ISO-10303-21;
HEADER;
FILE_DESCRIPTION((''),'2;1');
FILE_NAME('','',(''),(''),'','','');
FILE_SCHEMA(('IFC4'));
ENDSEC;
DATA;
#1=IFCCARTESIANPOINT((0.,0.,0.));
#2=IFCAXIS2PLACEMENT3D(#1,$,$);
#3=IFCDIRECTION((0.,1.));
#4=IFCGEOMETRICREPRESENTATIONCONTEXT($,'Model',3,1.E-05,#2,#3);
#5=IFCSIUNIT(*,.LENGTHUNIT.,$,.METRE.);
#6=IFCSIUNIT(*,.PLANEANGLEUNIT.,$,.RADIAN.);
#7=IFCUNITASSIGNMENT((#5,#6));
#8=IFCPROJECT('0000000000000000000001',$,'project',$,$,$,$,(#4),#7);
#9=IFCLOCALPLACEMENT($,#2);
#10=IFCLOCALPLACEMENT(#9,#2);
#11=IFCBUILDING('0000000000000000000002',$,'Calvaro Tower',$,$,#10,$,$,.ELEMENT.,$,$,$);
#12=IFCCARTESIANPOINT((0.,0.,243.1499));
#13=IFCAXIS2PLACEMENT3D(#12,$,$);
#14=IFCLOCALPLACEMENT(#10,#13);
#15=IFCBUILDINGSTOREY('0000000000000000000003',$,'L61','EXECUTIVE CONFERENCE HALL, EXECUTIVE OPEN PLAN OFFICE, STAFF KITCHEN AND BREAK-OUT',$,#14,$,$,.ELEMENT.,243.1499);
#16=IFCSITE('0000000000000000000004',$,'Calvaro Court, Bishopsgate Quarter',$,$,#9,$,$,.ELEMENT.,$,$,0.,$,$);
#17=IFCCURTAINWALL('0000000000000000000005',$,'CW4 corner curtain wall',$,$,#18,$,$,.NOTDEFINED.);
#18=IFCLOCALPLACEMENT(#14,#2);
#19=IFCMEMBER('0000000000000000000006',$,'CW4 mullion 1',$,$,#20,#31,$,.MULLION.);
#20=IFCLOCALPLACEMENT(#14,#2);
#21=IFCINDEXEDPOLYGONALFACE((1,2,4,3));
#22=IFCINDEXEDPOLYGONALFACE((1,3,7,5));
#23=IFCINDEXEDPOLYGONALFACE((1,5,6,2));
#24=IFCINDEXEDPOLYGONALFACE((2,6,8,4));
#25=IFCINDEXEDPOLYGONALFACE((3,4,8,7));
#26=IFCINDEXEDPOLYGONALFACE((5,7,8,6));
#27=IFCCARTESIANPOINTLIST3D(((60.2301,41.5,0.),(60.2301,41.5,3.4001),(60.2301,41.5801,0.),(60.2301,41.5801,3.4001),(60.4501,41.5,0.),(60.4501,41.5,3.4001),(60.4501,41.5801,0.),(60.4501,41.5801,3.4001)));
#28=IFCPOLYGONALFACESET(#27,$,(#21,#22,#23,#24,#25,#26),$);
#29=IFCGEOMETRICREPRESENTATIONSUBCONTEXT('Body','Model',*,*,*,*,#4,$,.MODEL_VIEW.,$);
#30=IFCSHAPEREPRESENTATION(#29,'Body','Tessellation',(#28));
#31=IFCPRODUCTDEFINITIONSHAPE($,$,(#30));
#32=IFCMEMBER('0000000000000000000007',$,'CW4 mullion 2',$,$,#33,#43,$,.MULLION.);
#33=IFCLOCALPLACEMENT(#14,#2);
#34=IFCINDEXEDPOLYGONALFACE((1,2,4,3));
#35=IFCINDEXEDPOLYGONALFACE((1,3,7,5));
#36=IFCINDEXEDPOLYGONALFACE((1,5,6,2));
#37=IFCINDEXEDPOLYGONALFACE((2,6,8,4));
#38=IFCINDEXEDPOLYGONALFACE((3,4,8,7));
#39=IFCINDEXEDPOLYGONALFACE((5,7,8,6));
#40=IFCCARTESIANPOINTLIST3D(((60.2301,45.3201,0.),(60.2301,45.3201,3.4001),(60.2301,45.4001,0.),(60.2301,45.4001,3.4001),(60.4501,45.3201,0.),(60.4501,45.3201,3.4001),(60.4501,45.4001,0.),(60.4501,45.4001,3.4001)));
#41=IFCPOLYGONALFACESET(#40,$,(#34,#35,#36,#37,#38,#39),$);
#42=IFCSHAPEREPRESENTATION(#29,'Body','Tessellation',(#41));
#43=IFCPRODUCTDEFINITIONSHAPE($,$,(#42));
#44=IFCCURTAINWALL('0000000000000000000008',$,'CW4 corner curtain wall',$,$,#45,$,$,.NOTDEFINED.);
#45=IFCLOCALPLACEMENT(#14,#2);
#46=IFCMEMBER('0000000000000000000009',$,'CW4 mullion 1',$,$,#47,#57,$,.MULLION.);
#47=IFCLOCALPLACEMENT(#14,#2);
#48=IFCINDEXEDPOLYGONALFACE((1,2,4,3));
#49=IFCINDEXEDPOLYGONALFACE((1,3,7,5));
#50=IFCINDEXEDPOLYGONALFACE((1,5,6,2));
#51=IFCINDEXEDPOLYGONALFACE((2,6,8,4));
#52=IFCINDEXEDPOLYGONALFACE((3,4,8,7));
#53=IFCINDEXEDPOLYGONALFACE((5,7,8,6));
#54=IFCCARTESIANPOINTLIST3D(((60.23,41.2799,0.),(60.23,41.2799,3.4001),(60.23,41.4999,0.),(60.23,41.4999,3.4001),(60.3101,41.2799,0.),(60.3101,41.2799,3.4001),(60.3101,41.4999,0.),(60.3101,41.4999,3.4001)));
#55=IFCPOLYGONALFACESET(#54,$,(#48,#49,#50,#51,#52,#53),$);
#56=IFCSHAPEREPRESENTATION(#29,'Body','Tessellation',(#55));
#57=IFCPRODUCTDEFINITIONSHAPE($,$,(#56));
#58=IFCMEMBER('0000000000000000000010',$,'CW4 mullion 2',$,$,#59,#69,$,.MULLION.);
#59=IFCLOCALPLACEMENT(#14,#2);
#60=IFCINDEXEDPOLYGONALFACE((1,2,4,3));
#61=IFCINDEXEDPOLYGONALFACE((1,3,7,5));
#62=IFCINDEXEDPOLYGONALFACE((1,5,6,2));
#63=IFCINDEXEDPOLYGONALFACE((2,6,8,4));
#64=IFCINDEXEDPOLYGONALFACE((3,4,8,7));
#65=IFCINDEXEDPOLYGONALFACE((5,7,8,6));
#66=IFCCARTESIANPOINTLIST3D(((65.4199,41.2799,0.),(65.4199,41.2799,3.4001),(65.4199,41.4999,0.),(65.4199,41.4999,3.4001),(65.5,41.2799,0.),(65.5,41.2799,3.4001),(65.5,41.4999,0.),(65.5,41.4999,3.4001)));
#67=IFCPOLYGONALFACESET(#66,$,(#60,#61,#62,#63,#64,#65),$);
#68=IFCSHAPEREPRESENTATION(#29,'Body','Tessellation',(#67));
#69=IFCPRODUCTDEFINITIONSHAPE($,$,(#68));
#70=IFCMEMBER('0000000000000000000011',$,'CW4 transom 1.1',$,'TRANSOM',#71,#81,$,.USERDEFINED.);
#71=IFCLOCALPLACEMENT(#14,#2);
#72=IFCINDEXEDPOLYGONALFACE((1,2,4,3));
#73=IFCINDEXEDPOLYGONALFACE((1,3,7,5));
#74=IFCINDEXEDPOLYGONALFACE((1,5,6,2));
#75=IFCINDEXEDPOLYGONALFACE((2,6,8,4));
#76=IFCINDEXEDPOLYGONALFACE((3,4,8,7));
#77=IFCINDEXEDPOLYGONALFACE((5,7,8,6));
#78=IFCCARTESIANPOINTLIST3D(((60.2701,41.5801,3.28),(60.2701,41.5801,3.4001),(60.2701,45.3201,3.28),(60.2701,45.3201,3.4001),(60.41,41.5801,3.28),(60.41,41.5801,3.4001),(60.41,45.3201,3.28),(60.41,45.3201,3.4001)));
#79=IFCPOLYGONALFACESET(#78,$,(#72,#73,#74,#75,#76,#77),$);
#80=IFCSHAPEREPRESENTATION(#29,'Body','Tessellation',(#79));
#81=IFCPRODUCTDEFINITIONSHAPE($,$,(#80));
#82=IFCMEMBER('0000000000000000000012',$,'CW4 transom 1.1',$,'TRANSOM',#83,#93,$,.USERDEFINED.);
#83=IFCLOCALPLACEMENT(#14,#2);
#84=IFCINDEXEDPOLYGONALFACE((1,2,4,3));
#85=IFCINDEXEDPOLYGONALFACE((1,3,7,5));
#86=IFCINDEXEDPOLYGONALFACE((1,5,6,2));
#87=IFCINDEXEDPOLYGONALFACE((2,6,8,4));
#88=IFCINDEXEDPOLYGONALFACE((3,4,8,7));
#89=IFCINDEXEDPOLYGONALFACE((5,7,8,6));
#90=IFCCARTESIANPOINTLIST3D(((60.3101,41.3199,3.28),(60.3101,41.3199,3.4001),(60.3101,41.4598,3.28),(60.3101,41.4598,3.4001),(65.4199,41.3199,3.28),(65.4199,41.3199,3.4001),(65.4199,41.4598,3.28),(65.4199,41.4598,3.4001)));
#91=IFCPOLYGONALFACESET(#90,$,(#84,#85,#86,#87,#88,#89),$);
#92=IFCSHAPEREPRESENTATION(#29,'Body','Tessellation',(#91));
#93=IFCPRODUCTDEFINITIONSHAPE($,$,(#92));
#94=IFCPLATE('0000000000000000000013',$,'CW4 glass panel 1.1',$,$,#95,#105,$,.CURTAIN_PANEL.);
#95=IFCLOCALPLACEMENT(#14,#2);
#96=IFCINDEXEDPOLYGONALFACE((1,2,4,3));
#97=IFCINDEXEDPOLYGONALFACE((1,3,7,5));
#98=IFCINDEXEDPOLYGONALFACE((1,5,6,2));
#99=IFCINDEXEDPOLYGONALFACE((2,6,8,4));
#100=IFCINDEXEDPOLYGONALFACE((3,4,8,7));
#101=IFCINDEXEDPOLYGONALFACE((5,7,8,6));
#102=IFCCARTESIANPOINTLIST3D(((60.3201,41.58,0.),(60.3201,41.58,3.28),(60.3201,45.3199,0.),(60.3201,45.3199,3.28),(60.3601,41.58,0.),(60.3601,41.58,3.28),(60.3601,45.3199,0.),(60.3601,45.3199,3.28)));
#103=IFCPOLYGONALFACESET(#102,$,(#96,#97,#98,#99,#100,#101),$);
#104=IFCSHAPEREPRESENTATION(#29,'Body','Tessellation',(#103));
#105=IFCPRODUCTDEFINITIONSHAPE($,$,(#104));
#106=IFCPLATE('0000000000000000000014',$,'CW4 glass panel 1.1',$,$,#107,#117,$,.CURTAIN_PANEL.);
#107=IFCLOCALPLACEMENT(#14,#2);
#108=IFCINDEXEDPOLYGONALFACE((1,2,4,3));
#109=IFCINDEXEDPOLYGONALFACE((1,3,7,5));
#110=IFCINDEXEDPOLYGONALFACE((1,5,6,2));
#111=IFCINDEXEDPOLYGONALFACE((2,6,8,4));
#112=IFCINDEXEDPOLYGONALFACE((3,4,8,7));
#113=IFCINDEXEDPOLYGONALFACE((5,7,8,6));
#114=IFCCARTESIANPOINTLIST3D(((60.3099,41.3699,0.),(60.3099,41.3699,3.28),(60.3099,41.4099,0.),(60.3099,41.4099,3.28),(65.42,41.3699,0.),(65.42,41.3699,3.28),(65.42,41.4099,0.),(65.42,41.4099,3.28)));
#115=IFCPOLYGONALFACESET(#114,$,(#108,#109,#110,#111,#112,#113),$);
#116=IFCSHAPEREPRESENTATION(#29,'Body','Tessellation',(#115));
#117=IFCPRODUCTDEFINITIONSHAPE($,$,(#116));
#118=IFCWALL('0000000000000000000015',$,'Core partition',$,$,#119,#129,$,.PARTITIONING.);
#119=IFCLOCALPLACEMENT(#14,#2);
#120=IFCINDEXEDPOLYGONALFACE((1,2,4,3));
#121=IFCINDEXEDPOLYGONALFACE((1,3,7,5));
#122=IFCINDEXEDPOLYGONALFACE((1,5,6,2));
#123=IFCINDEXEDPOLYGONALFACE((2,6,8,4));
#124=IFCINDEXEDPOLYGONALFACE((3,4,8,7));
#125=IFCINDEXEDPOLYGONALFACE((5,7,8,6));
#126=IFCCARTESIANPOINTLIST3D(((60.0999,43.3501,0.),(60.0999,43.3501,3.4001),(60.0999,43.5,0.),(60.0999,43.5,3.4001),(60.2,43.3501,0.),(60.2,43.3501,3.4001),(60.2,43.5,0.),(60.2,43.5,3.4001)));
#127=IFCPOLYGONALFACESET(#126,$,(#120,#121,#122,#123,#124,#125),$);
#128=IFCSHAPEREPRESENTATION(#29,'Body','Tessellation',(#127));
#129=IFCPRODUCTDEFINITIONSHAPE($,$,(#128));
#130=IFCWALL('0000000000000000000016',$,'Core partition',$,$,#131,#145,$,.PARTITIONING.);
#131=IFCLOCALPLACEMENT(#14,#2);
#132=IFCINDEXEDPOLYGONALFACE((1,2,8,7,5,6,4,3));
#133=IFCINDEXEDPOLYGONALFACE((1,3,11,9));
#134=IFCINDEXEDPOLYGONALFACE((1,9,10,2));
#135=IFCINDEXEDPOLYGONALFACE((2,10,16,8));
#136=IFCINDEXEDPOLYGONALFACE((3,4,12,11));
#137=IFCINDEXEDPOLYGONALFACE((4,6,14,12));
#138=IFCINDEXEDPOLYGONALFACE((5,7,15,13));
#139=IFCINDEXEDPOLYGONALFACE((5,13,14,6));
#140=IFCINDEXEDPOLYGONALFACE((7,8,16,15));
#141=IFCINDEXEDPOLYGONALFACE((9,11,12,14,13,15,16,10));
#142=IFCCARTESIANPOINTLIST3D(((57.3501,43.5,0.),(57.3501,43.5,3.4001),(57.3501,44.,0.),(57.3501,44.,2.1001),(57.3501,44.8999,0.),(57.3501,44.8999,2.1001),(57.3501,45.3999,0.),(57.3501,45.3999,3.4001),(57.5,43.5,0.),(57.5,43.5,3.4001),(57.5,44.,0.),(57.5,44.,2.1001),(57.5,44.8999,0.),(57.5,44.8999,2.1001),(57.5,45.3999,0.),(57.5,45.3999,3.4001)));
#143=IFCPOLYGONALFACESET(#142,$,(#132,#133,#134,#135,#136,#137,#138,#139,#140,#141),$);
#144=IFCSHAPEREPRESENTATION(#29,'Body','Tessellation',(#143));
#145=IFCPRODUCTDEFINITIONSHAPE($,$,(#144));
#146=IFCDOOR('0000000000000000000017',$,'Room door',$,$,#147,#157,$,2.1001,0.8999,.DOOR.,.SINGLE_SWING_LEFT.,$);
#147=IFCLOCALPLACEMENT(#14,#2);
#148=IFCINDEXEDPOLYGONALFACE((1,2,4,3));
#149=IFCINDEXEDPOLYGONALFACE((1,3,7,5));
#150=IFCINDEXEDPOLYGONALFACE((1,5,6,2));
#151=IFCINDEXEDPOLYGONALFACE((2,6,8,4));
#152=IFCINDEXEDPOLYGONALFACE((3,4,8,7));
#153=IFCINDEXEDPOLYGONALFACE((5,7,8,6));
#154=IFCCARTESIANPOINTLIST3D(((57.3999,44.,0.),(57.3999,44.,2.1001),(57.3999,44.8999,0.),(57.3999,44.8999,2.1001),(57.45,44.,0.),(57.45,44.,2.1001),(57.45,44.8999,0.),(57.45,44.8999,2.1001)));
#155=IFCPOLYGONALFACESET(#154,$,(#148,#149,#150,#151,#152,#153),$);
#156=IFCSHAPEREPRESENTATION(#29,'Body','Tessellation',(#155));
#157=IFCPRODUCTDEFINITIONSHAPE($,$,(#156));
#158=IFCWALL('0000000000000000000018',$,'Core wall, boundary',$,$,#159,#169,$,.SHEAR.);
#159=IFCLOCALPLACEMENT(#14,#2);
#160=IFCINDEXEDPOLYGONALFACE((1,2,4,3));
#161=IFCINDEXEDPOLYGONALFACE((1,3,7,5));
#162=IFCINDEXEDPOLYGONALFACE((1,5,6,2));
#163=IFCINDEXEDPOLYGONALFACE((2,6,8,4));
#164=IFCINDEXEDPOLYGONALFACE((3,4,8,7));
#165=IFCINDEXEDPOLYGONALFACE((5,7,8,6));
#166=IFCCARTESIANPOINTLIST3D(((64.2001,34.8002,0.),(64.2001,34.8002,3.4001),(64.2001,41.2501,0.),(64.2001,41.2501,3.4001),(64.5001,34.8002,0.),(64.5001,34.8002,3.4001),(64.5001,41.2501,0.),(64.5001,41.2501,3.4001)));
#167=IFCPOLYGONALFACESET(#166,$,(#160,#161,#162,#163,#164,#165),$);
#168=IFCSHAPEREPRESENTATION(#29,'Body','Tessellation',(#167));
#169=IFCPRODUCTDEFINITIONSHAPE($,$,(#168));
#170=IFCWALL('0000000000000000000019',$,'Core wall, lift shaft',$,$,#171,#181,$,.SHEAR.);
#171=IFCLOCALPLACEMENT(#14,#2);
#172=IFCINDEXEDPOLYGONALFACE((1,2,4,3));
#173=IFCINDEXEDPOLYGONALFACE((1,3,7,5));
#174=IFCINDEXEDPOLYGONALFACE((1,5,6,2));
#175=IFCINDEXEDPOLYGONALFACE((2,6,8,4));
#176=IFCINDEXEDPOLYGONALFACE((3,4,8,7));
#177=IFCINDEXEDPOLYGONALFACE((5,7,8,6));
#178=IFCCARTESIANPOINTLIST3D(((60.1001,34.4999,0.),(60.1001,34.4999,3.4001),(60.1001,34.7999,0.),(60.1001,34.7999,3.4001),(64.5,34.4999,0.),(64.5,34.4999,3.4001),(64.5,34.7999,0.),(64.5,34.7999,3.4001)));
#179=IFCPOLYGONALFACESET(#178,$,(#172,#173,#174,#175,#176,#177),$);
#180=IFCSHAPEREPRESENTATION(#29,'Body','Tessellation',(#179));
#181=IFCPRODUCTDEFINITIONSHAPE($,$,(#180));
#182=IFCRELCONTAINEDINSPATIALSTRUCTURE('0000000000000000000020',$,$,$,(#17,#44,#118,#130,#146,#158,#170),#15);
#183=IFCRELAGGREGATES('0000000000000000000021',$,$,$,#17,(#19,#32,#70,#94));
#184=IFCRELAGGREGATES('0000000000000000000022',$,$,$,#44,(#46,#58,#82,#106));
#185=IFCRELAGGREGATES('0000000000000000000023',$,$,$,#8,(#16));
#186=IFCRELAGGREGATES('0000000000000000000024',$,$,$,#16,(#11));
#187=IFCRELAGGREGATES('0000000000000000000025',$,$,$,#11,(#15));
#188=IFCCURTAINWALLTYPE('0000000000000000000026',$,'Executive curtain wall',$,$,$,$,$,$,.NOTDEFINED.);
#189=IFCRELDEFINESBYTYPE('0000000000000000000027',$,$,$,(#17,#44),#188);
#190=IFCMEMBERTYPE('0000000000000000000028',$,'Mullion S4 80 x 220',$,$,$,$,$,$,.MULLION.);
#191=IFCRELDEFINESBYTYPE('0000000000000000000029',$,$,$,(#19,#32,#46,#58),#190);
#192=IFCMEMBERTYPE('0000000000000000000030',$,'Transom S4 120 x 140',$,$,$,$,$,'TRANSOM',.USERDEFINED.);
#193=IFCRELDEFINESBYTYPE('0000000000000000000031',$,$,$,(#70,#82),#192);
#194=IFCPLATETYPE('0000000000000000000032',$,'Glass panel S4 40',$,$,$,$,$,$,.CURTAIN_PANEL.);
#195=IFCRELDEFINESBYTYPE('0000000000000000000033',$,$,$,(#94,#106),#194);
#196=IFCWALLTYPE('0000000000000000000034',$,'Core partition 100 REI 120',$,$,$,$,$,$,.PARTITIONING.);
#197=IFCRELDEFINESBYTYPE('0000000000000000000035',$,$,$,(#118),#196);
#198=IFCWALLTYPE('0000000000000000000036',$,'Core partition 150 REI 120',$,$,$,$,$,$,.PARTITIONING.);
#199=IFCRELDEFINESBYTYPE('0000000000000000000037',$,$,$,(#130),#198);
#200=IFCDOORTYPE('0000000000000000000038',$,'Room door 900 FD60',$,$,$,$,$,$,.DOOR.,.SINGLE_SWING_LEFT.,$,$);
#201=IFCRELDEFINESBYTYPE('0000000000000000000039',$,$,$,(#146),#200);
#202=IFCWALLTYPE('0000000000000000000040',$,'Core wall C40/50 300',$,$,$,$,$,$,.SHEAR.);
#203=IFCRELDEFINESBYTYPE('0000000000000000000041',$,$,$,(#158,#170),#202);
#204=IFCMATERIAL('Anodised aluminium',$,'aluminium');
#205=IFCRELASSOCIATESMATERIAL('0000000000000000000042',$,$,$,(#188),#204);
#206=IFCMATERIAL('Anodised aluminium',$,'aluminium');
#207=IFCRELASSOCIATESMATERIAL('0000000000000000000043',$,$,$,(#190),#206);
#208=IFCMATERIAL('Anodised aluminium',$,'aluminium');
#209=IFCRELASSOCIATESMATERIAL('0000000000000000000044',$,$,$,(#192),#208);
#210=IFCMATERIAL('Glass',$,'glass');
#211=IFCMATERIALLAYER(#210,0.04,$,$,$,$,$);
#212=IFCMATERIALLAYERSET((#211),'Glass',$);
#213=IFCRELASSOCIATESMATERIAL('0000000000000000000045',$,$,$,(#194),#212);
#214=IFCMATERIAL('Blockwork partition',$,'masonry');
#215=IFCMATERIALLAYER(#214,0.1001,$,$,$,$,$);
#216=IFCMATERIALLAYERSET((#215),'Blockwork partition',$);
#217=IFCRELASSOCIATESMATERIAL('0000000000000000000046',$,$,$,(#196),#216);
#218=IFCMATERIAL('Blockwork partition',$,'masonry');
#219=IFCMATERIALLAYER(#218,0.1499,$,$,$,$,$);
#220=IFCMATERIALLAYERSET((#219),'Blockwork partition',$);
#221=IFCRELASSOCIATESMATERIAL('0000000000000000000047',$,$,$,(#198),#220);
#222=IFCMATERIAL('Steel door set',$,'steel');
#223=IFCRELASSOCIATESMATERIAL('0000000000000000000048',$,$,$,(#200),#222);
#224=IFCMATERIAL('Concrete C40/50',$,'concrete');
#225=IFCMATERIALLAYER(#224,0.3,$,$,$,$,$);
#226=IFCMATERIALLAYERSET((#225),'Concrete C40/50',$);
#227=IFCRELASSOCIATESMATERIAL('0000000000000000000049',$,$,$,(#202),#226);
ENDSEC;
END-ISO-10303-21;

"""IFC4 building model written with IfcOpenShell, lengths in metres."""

from ifc_helpers import new_model, si_unit, direction, frame, frame_2d, origin, origin_2d, place, context, subcontext, project, spatial, rectangle, extrude, material, layer, layer_set, material_profile, profile_set, type_object, element, fill, aggregate, save


model = new_model("IFC4")

# Units and contexts
model_context = context("Model", 3, precision=1e-05, world=origin(), true_north=direction((0.0, 1.0)))
body_context = subcontext(model_context, "Body", "Model", "MODEL_VIEW")
ifc_project = project(units=[si_unit("LENGTHUNIT", "METRE"), si_unit("PLANEANGLEUNIT", "RADIAN")], contexts=[model_context])

# Site, building, storey
site_placement = place(None, origin())
site = spatial("IfcSite", under=ifc_project, at=site_placement, Name="Calvaro Court, Bishopsgate Quarter", CompositionType="ELEMENT", RefElevation=0.0)
building_placement = place(site_placement, origin())
building = spatial("IfcBuilding", under=site, at=building_placement, Name="Calvaro Tower", CompositionType="ELEMENT")
storey_placement = place(building_placement, frame((0.0, 0.0, 243.1499)))
storey = spatial("IfcBuildingStorey", under=building, at=storey_placement, Name="L61", Description="EXECUTIVE CONFERENCE HALL, EXECUTIVE OPEN PLAN OFFICE, STAFF KITCHEN AND BREAK-OUT", CompositionType="ELEMENT", Elevation=243.1499)

# Curtain walls, members
ifc_material_1 = material(Name="Anodised aluminium", Category="aluminium")
curtain_wall_type = type_object("IfcCurtainWallType", Name="Executive curtain wall", PredefinedType="NOTDEFINED", material=ifc_material_1)
curtain_wall_1_placement = place(storey_placement, origin())
curtain_wall_1 = element("IfcCurtainWall", 1, at=curtain_wall_1_placement, inside=storey, type_object=curtain_wall_type, Name="CW4 corner curtain wall", PredefinedType="NOTDEFINED")
ifc_material_2 = material(Name="Anodised aluminium", Category="aluminium")
ifc_material_profile_1 = material_profile(ifc_material_2, rectangle(XDim=0.22, YDim=0.0801, at=origin_2d()), Name="Mullion S4 80 x 220")
ifc_profile_set_1 = profile_set([ifc_material_profile_1], Name="Anodised aluminium")
member_type_1 = type_object("IfcMemberType", Name="Mullion S4 80 x 220", PredefinedType="MULLION", material=ifc_profile_set_1)
member_1_placement = place(storey_placement, frame((60.3401, 41.54, 0.0), z_axis=(0.0, 0.0, 1.0), x_axis=(-1.0, 0.0, 0.0)))
member_1 = element("IfcMember", 2, at=member_1_placement, type_object=member_type_1, Name="CW4 mullion 1", PredefinedType="MULLION", context=body_context, shape_type="SweptSolid", body=[
    extrude(rectangle(XDim=0.22, YDim=0.0801, at=origin_2d()), origin(), (0.0, 0.0, 1.0), 3.4001),
])
member_2_placement = place(storey_placement, frame((60.3401, 45.3601, 0.0), z_axis=(0.0, 0.0, 1.0), x_axis=(-1.0, 0.0, 0.0)))
member_2 = element("IfcMember", 3, at=member_2_placement, type_object=member_type_1, Name="CW4 mullion 2", PredefinedType="MULLION", context=body_context, shape_type="SweptSolid", body=[
    extrude(rectangle(XDim=0.22, YDim=0.0801, at=origin_2d()), origin(), (0.0, 0.0, 1.0), 3.4001),
])
curtain_wall_2_placement = place(storey_placement, origin())
curtain_wall_2 = element("IfcCurtainWall", 4, at=curtain_wall_2_placement, inside=storey, type_object=curtain_wall_type, Name="CW4 corner curtain wall", PredefinedType="NOTDEFINED")
member_3_placement = place(storey_placement, frame((60.27, 41.3899, 0.0), z_axis=(0.0, 0.0, 1.0), x_axis=(0.0, 1.0, 0.0)))
member_3 = element("IfcMember", 5, at=member_3_placement, type_object=member_type_1, Name="CW4 mullion 1", PredefinedType="MULLION", context=body_context, shape_type="SweptSolid", body=[
    extrude(rectangle(XDim=0.22, YDim=0.0801, at=origin_2d()), origin(), (0.0, 0.0, 1.0), 3.4001),
])
member_4_placement = place(storey_placement, frame((65.46, 41.3899, 0.0), z_axis=(0.0, 0.0, 1.0), x_axis=(0.0, 1.0, 0.0)))
member_4 = element("IfcMember", 6, at=member_4_placement, type_object=member_type_1, Name="CW4 mullion 2", PredefinedType="MULLION", context=body_context, shape_type="SweptSolid", body=[
    extrude(rectangle(XDim=0.22, YDim=0.0801, at=origin_2d()), origin(), (0.0, 0.0, 1.0), 3.4001),
])

# Members
ifc_material_3 = material(Name="Anodised aluminium", Category="aluminium")
ifc_material_profile_2 = material_profile(ifc_material_3, rectangle(XDim=0.1399, YDim=0.1201, at=origin_2d()), Name="Transom S4 120 x 140")
ifc_profile_set_2 = profile_set([ifc_material_profile_2], Name="Anodised aluminium")
member_type_2 = type_object("IfcMemberType", Name="Transom S4 120 x 140", ElementType="TRANSOM", PredefinedType="USERDEFINED", material=ifc_profile_set_2)
member_5_placement = place(storey_placement, frame((60.3401, 41.5801, 3.3401), z_axis=(0.0, 1.0, 0.0), x_axis=(-1.0, 0.0, 0.0)))
member_5 = element("IfcMember", 7, at=member_5_placement, type_object=member_type_2, Name="CW4 transom 1.1", ObjectType="TRANSOM", PredefinedType="USERDEFINED", context=body_context, shape_type="SweptSolid", body=[
    extrude(rectangle(XDim=0.1399, YDim=0.1201, at=origin_2d()), origin(), (0.0, 0.0, 1.0), 3.74),
])
member_6_placement = place(storey_placement, frame((60.3101, 41.3899, 3.3401), z_axis=(1.0, 0.0, 0.0), x_axis=(0.0, 1.0, 0.0)))
member_6 = element("IfcMember", 8, at=member_6_placement, type_object=member_type_2, Name="CW4 transom 1.1", ObjectType="TRANSOM", PredefinedType="USERDEFINED", context=body_context, shape_type="SweptSolid", body=[
    extrude(rectangle(XDim=0.1399, YDim=0.1201, at=origin_2d()), origin(), (0.0, 0.0, 1.0), 5.1099),
])

# Plates
ifc_material_4 = material(Name="Glass", Category="glass")
ifc_layer_1 = layer(ifc_material_4, 0.04)
ifc_layer_set_1 = layer_set([ifc_layer_1], Name="Glass")
plate_type = type_object("IfcPlateType", Name="Glass panel S4 40", PredefinedType="CURTAIN_PANEL", material=ifc_layer_set_1)
plate_1_placement = place(storey_placement, frame((60.3401, 43.45, 0.0), z_axis=(0.0, 0.0, 1.0), x_axis=(0.0, 1.0, 0.0)))
plate_1 = element("IfcPlate", 9, at=plate_1_placement, type_object=plate_type, Name="CW4 glass panel 1.1", PredefinedType="CURTAIN_PANEL", context=body_context, shape_type="SweptSolid", body=[
    extrude(rectangle(XDim=3.74, YDim=0.04, at=origin_2d()), origin(), (0.0, 0.0, 1.0), 3.28),
])
aggregate(curtain_wall_1, [member_1, member_2, member_5, plate_1])
plate_2_placement = place(storey_placement, frame((62.865, 41.3899, 0.0), z_axis=(0.0, 0.0, 1.0), x_axis=(1.0, 0.0, 0.0)))
plate_2 = element("IfcPlate", 10, at=plate_2_placement, type_object=plate_type, Name="CW4 glass panel 1.1", PredefinedType="CURTAIN_PANEL", context=body_context, shape_type="SweptSolid", body=[
    extrude(rectangle(XDim=5.1101, YDim=0.04, at=origin_2d()), origin(), (0.0, 0.0, 1.0), 3.28),
])
aggregate(curtain_wall_2, [member_3, member_4, member_6, plate_2])

# Wall
ifc_material_5 = material(Name="Blockwork partition", Category="masonry")
ifc_layer_2 = layer(ifc_material_5, 0.1001)
ifc_layer_set_2 = layer_set([ifc_layer_2], Name="Blockwork partition")
wall_type_1 = type_object("IfcWallType", Name="Core partition 100 REI 120", PredefinedType="PARTITIONING", material=ifc_layer_set_2)
wall_1_placement = place(storey_placement, frame((60.1499, 43.3501, 0.0), z_axis=(0.0, 0.0, 1.0), x_axis=(0.0, 1.0, 0.0)))
element("IfcWall", 11, at=wall_1_placement, inside=storey, type_object=wall_type_1, Name="Core partition", PredefinedType="PARTITIONING", context=body_context, shape_type="SweptSolid", body=[
    extrude(rectangle(XDim=0.1499, YDim=0.1001, at=frame_2d((0.075, 0.0))), origin(), (0.0, 0.0, 1.0), 3.4001),
])

# Wall, opening, door
ifc_material_6 = material(Name="Blockwork partition", Category="masonry")
ifc_layer_3 = layer(ifc_material_6, 0.1499)
ifc_layer_set_3 = layer_set([ifc_layer_3], Name="Blockwork partition")
wall_type_2 = type_object("IfcWallType", Name="Core partition 150 REI 120", PredefinedType="PARTITIONING", material=ifc_layer_set_3)
wall_2_placement = place(storey_placement, frame((57.425, 45.3999, 0.0), z_axis=(0.0, 0.0, 1.0), x_axis=(0.0, -1.0, 0.0)))
wall_2 = element("IfcWall", 12, at=wall_2_placement, inside=storey, type_object=wall_type_2, Name="Core partition", PredefinedType="PARTITIONING", context=body_context, shape_type="SweptSolid", body=[
    extrude(rectangle(XDim=1.8999, YDim=0.1499, at=frame_2d((0.95, 0.0))), origin(), (0.0, 0.0, 1.0), 3.4001),
])
opening_1_placement = place(wall_2_placement, frame((0.5, 0.0, 0.0)))
opening_1 = element("IfcOpeningElement", 13, at=opening_1_placement, cuts=wall_2, PredefinedType="OPENING", context=body_context, shape_type="SweptSolid", body=[
    extrude(rectangle(XDim=0.8999, YDim=2.1001, at=frame_2d((0.45, 1.05))), frame((0.0, 0.085, 0.0), z_axis=(0.0, -1.0, 0.0), x_axis=(1.0, 0.0, 0.0)), (0.0, 0.0, 1.0), 0.1699),
])
ifc_material_7 = material(Name="Steel door set", Category="steel")
door_type_1 = type_object("IfcDoorType", Name="Room door 900 FD60", OperationType="SINGLE_SWING_LEFT", PredefinedType="DOOR", material=ifc_material_7)
door_1_placement = place(opening_1_placement, origin())
door_1 = element("IfcDoor", 14, at=door_1_placement, inside=storey, type_object=door_type_1, Name="Room door", OperationType="SINGLE_SWING_LEFT", OverallHeight=2.1001, OverallWidth=0.8999, PredefinedType="DOOR", context=body_context, shape_type="SweptSolid", body=[
    extrude(rectangle(XDim=0.8999, YDim=2.1001, at=frame_2d((0.45, 1.05))), frame((0.0, 0.0249, 0.0), z_axis=(0.0, -1.0, 0.0), x_axis=(1.0, 0.0, 0.0)), (0.0, 0.0, 1.0), 0.05),
])
fill(opening_1, door_1)

# Walls
ifc_material_8 = material(Name="Concrete C40/50", Category="concrete")
ifc_layer_4 = layer(ifc_material_8, 0.3)
ifc_layer_set_4 = layer_set([ifc_layer_4], Name="Concrete C40/50")
wall_type_3 = type_object("IfcWallType", Name="Core wall C40/50 300", PredefinedType="SHEAR", material=ifc_layer_set_4)
wall_3_placement = place(storey_placement, frame((64.3501, 34.8, 0.0), z_axis=(0.0, 0.0, 1.0), x_axis=(0.0, 1.0, 0.0)))
element("IfcWall", 15, at=wall_3_placement, inside=storey, type_object=wall_type_3, Name="Core wall, boundary", PredefinedType="SHEAR", context=body_context, shape_type="SweptSolid", body=[
    extrude(rectangle(XDim=6.45, YDim=0.3, at=frame_2d((3.2251, 0.0))), origin(), (0.0, 0.0, 1.0), 3.4001),
])
wall_4_placement = place(storey_placement, frame((60.1001, 34.6499, 0.0), z_axis=(0.0, 0.0, 1.0), x_axis=(1.0, 0.0, 0.0)))
element("IfcWall", 16, at=wall_4_placement, inside=storey, type_object=wall_type_3, Name="Core wall, lift shaft", PredefinedType="SHEAR", context=body_context, shape_type="SweptSolid", body=[
    extrude(rectangle(XDim=4.3999, YDim=0.3, at=frame_2d((2.2, 0.0))), origin(), (0.0, 0.0, 1.0), 3.4001),
])

save(model, "model.ifc")
